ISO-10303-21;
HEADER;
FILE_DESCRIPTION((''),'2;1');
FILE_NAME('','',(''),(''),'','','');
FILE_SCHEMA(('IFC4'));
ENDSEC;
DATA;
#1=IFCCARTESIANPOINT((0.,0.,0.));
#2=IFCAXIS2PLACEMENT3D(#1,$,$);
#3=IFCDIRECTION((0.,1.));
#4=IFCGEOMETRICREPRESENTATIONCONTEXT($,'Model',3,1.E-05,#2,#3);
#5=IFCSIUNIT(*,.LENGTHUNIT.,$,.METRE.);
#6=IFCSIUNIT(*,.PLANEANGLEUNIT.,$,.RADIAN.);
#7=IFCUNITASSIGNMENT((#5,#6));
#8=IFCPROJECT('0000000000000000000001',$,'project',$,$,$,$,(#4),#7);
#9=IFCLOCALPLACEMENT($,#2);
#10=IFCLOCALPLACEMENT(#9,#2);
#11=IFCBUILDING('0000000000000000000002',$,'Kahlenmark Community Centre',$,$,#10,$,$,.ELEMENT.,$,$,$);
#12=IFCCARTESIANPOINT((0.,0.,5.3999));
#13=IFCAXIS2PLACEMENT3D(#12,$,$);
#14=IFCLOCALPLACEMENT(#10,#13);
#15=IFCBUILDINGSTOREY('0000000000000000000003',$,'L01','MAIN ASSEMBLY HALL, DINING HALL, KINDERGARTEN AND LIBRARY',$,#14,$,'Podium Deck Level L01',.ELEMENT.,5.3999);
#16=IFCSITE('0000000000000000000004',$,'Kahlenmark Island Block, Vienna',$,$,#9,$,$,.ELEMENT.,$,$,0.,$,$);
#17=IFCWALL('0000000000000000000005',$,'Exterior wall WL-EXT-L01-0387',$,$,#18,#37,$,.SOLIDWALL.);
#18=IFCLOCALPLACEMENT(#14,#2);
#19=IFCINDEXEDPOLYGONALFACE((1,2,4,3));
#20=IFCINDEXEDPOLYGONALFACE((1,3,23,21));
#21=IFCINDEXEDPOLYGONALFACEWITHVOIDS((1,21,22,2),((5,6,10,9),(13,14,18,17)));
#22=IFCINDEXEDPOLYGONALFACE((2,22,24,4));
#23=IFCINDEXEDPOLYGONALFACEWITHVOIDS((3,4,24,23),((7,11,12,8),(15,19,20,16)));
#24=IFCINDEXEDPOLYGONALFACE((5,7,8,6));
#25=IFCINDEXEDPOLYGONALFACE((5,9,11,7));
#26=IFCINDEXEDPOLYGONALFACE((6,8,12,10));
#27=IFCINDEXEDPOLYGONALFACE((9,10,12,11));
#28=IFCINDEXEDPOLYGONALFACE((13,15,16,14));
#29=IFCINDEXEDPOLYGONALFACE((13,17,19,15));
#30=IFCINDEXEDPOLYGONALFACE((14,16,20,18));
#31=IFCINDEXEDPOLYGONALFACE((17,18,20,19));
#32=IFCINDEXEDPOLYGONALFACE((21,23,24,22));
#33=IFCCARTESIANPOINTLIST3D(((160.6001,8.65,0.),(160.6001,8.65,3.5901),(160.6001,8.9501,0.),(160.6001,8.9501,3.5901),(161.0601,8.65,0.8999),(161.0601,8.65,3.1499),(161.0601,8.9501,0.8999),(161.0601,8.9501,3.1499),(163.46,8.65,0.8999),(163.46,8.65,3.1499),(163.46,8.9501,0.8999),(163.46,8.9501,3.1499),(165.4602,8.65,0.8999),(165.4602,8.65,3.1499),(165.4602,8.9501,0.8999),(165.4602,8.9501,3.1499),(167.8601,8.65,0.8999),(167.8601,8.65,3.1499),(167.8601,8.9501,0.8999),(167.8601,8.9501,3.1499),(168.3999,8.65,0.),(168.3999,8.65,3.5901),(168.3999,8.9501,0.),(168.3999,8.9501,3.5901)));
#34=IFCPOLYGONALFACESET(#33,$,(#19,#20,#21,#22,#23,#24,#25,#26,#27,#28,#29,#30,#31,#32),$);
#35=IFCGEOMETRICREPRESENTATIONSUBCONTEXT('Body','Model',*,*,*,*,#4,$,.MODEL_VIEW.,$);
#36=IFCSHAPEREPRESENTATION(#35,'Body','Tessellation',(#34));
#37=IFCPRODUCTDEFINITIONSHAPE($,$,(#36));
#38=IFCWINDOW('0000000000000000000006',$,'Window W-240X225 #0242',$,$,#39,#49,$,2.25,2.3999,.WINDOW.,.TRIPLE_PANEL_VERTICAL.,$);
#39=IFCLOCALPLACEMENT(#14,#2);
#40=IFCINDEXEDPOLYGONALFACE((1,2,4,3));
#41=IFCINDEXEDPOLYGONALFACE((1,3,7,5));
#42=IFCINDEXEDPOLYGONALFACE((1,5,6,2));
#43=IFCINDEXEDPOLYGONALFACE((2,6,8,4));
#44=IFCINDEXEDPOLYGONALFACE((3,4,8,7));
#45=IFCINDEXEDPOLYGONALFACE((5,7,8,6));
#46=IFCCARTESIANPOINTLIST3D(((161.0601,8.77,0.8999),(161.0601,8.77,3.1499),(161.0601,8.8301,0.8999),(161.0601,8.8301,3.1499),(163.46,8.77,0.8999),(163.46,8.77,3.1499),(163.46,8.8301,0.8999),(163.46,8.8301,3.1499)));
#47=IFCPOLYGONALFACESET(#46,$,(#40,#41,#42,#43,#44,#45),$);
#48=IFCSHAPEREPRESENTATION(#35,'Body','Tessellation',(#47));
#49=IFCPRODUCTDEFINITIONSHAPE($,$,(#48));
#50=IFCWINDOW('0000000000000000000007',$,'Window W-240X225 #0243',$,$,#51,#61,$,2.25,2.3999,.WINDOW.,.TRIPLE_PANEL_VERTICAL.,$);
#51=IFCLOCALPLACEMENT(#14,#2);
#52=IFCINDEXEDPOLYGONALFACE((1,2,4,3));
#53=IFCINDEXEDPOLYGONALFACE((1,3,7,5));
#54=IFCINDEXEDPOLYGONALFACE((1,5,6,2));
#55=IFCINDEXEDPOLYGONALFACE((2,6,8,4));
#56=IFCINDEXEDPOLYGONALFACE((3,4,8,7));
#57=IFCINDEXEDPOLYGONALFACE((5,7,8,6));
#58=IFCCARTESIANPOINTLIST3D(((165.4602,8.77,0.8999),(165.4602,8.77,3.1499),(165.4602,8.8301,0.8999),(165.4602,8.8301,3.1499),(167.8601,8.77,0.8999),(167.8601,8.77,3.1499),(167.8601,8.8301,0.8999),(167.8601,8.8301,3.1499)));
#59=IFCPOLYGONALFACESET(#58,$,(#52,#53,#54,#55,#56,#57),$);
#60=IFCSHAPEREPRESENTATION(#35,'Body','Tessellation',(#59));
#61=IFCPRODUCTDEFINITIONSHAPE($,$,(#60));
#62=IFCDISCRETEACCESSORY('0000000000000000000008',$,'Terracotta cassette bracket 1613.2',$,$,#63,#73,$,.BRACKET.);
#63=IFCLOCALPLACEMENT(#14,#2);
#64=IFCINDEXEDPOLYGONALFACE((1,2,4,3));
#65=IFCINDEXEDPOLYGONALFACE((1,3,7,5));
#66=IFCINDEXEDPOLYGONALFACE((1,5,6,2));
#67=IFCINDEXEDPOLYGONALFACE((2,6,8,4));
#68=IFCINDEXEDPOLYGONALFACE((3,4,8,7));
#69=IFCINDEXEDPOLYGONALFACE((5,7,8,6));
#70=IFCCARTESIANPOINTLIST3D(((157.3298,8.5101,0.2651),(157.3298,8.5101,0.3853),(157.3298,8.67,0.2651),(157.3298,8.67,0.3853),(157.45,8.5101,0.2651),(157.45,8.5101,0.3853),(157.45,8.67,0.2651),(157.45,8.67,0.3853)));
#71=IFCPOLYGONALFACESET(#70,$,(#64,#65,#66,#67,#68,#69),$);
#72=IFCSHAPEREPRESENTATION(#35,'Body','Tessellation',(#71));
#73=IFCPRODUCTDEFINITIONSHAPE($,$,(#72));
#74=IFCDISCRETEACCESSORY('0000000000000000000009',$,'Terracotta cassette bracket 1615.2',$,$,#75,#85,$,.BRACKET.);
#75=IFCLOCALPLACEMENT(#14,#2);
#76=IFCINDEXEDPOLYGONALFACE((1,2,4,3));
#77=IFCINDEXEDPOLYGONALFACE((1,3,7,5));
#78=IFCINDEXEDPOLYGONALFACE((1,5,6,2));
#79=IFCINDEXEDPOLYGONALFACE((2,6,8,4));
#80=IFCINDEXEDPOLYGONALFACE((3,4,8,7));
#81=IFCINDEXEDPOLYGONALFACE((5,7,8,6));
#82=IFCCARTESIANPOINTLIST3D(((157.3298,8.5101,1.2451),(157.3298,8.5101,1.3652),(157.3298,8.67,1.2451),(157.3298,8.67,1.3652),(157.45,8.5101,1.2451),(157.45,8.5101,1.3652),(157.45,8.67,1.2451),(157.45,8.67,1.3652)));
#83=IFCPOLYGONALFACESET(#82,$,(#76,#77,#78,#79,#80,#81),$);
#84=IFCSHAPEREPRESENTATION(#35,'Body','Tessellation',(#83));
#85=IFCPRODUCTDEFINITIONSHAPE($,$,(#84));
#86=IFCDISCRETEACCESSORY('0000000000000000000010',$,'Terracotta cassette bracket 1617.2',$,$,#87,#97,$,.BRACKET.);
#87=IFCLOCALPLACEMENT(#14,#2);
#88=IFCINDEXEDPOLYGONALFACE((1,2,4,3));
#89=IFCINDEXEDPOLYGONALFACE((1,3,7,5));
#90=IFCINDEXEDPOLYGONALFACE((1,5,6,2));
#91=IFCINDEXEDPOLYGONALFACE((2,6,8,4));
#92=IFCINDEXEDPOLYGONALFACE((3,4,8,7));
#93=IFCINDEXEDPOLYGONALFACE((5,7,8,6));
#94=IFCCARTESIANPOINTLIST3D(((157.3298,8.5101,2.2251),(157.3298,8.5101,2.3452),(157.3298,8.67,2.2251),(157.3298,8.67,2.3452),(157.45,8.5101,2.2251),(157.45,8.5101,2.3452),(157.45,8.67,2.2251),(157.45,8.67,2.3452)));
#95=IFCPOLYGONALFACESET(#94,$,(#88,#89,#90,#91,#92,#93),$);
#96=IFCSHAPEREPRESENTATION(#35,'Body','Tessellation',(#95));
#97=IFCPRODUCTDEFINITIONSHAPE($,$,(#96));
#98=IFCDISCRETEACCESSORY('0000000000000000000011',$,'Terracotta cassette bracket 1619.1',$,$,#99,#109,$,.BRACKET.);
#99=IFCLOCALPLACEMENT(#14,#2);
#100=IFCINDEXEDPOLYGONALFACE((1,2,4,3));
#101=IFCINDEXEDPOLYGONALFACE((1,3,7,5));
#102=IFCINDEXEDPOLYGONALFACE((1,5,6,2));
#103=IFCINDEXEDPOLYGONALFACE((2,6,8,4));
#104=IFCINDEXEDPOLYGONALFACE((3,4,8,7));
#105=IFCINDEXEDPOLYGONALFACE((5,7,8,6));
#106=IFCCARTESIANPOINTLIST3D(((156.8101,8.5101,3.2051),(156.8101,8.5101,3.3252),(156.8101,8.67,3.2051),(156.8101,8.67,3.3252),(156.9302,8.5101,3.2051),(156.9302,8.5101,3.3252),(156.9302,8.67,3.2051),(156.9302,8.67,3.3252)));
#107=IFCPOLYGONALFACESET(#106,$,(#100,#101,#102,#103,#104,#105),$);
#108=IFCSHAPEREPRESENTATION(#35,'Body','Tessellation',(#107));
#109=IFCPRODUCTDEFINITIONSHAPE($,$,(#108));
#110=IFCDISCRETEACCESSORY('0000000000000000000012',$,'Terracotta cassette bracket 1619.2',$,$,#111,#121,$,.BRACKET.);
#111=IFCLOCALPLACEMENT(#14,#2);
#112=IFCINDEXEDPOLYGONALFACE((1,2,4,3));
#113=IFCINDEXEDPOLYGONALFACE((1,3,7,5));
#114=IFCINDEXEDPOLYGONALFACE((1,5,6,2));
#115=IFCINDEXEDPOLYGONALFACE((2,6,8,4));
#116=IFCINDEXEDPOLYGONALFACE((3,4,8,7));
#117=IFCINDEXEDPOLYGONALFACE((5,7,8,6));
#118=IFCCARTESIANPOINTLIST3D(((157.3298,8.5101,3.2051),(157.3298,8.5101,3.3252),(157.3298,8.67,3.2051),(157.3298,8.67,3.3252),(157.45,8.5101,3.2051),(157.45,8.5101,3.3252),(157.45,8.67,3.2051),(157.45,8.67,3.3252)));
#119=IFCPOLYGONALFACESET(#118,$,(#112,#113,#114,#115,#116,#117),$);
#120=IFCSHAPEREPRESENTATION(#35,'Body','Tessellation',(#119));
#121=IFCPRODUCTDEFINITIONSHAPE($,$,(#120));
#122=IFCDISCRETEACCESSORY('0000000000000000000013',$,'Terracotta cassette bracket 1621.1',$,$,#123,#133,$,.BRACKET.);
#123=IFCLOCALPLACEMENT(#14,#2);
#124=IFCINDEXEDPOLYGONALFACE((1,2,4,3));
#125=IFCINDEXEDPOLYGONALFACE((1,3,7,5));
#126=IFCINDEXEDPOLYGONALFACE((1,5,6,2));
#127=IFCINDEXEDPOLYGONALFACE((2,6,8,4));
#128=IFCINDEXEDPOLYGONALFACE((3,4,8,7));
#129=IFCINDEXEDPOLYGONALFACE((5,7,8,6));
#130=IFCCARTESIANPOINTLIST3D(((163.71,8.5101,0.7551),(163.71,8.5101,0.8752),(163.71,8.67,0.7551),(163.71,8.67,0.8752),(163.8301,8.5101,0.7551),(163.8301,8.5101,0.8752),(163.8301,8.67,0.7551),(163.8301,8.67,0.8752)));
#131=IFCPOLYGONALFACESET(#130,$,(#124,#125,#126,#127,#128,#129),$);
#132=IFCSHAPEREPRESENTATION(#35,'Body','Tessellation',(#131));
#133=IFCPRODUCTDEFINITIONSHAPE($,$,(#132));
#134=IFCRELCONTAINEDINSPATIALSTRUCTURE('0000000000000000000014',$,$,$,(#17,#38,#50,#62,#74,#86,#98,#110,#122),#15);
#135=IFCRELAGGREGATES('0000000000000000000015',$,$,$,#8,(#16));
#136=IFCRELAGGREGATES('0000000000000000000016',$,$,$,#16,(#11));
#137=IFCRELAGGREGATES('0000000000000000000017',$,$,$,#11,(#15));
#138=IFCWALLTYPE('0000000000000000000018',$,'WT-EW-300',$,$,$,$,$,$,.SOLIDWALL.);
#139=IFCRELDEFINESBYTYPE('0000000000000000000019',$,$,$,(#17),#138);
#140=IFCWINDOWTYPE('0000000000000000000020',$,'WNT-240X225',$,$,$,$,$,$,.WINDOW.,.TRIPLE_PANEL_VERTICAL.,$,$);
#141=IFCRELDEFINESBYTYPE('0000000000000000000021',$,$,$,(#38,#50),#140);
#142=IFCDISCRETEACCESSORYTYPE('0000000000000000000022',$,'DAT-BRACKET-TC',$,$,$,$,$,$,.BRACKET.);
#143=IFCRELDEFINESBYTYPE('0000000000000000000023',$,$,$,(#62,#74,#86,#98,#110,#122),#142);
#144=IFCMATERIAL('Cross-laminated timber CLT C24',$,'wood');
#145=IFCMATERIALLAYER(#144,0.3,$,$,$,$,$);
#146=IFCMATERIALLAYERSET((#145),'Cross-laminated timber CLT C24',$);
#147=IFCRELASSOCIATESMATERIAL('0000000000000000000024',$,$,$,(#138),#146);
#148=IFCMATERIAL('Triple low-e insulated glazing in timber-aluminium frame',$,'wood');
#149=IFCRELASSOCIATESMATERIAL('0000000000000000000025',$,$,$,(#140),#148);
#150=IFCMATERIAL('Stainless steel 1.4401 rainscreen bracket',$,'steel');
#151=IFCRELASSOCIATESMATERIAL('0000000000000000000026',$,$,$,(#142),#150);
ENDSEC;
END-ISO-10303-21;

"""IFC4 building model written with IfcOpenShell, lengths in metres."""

from ifc_helpers import new_model, si_unit, direction, frame, frame_2d, origin, origin_2d, place, context, subcontext, project, spatial, rectangle, extrude, material, layer, layer_set, type_object, element, fill, save


model = new_model("IFC4")

# Units and contexts
model_context = context("Model", 3, precision=1e-05, world=origin(), true_north=direction((0.0, 1.0)))
body_context = subcontext(model_context, "Body", "Model", "MODEL_VIEW")
ifc_project = project(units=[si_unit("LENGTHUNIT", "METRE"), si_unit("PLANEANGLEUNIT", "RADIAN")], contexts=[model_context])

# Site, building, storey
site_placement = place(None, origin())
site = spatial("IfcSite", under=ifc_project, at=site_placement, Name="Kahlenmark Island Block, Vienna", CompositionType="ELEMENT", RefElevation=0.0)
building_placement = place(site_placement, origin())
building = spatial("IfcBuilding", under=site, at=building_placement, Name="Kahlenmark Community Centre", CompositionType="ELEMENT")
storey_placement = place(building_placement, frame((0.0, 0.0, 5.3999)))
storey = spatial("IfcBuildingStorey", under=building, at=storey_placement, Name="L01", Description="MAIN ASSEMBLY HALL, DINING HALL, KINDERGARTEN AND LIBRARY", LongName="Podium Deck Level L01", CompositionType="ELEMENT", Elevation=5.3999)

# Wall, openings, windows
ifc_material_1 = material(Name="Cross-laminated timber CLT C24", Category="wood")
ifc_layer_1 = layer(ifc_material_1, 0.3)
ifc_layer_set_1 = layer_set([ifc_layer_1], Name="Cross-laminated timber CLT C24")
wall_type = type_object("IfcWallType", Name="WT-EW-300", PredefinedType="SOLIDWALL", material=ifc_layer_set_1)
wall_placement = place(storey_placement, frame((160.6001, 8.8, 0.0), z_axis=(0.0, 0.0, 1.0), x_axis=(1.0, 0.0, 0.0)))
wall = element("IfcWall", 1, at=wall_placement, inside=storey, type_object=wall_type, Name="Exterior wall WL-EXT-L01-0387", PredefinedType="SOLIDWALL", context=body_context, shape_type="SweptSolid", body=[
    extrude(rectangle(XDim=7.7998, YDim=0.3, at=frame_2d((3.8999, 0.0))), origin(), (0.0, 0.0, 1.0), 3.5901),
])
opening_1_placement = place(wall_placement, frame((0.46, 0.0, 0.8999)))
opening_1 = element("IfcOpeningElement", 2, at=opening_1_placement, cuts=wall, PredefinedType="OPENING", context=body_context, shape_type="SweptSolid", body=[
    extrude(rectangle(XDim=2.3999, YDim=2.25, at=frame_2d((1.2, 1.125))), frame((0.0, 0.1599, 0.0), z_axis=(0.0, -1.0, 0.0), x_axis=(1.0, 0.0, 0.0)), (0.0, 0.0, 1.0), 0.3201),
])
opening_2_placement = place(wall_placement, frame((4.8601, 0.0, 0.8999)))
opening_2 = element("IfcOpeningElement", 3, at=opening_2_placement, cuts=wall, PredefinedType="OPENING", context=body_context, shape_type="SweptSolid", body=[
    extrude(rectangle(XDim=2.3999, YDim=2.25, at=frame_2d((1.2, 1.125))), frame((0.0, 0.1599, 0.0), z_axis=(0.0, -1.0, 0.0), x_axis=(1.0, 0.0, 0.0)), (0.0, 0.0, 1.0), 0.3201),
])
ifc_material_2 = material(Name="Triple low-e insulated glazing in timber-aluminium frame", Category="wood")
window_type = type_object("IfcWindowType", Name="WNT-240X225", PartitioningType="TRIPLE_PANEL_VERTICAL", PredefinedType="WINDOW", material=ifc_material_2)
window_1_placement = place(opening_1_placement, origin())
window_1 = element("IfcWindow", 4, at=window_1_placement, inside=storey, type_object=window_type, Name="Window W-240X225 #0242", OverallHeight=2.25, OverallWidth=2.3999, PartitioningType="TRIPLE_PANEL_VERTICAL", PredefinedType="WINDOW", context=body_context, shape_type="SweptSolid", body=[
    extrude(rectangle(XDim=2.3999, YDim=2.25, at=frame_2d((1.2, 1.125))), frame((0.0, 0.03, 0.0), z_axis=(0.0, -1.0, 0.0), x_axis=(1.0, 0.0, 0.0)), (0.0, 0.0, 1.0), 0.0601),
])
fill(opening_1, window_1)
window_2_placement = place(opening_2_placement, origin())
window_2 = element("IfcWindow", 5, at=window_2_placement, inside=storey, type_object=window_type, Name="Window W-240X225 #0243", OverallHeight=2.25, OverallWidth=2.3999, PartitioningType="TRIPLE_PANEL_VERTICAL", PredefinedType="WINDOW", context=body_context, shape_type="SweptSolid", body=[
    extrude(rectangle(XDim=2.3999, YDim=2.25, at=frame_2d((1.2, 1.125))), frame((0.0, 0.03, 0.0), z_axis=(0.0, -1.0, 0.0), x_axis=(1.0, 0.0, 0.0)), (0.0, 0.0, 1.0), 0.0601),
])
fill(opening_2, window_2)

# Discrete accessories
ifc_material_3 = material(Name="Stainless steel 1.4401 rainscreen bracket", Category="steel")
discrete_accessory_type = type_object("IfcDiscreteAccessoryType", Name="DAT-BRACKET-TC", PredefinedType="BRACKET", material=ifc_material_3)
for number, where, z_axis, x_axis, name in (
    (6, (157.3899, 8.5901, 0.2651), (0.0, 0.0, 1.0), (1.0, 0.0, 0.0), "Terracotta cassette bracket 1613.2"),
    (7, (157.3899, 8.5901, 1.2451), (0.0, 0.0, 1.0), (1.0, 0.0, 0.0), "Terracotta cassette bracket 1615.2"),
    (8, (157.3899, 8.5901, 2.2251), (0.0, 0.0, 1.0), (1.0, 0.0, 0.0), "Terracotta cassette bracket 1617.2"),
    (9, (156.8701, 8.5901, 3.2051), (0.0, 0.0, 1.0), (1.0, 0.0, 0.0), "Terracotta cassette bracket 1619.1"),
    (10, (157.3899, 8.5901, 3.2051), (0.0, 0.0, 1.0), (1.0, 0.0, 0.0), "Terracotta cassette bracket 1619.2"),
    (11, (163.77, 8.5901, 0.7551), (0.0, 0.0, 1.0), (1.0, 0.0, 0.0), "Terracotta cassette bracket 1621.1"),
):
    element("IfcDiscreteAccessory", number, at=place(storey_placement, frame(where, z_axis=z_axis, x_axis=x_axis)), inside=storey, type_object=discrete_accessory_type, Name=name, PredefinedType="BRACKET", context=body_context, shape_type="SweptSolid", body=[
        extrude(rectangle(XDim=0.1201, YDim=0.1599, at=origin_2d()), origin(), (0.0, 0.0, 1.0), 0.1201),
    ])

save(model, "model.ifc")
